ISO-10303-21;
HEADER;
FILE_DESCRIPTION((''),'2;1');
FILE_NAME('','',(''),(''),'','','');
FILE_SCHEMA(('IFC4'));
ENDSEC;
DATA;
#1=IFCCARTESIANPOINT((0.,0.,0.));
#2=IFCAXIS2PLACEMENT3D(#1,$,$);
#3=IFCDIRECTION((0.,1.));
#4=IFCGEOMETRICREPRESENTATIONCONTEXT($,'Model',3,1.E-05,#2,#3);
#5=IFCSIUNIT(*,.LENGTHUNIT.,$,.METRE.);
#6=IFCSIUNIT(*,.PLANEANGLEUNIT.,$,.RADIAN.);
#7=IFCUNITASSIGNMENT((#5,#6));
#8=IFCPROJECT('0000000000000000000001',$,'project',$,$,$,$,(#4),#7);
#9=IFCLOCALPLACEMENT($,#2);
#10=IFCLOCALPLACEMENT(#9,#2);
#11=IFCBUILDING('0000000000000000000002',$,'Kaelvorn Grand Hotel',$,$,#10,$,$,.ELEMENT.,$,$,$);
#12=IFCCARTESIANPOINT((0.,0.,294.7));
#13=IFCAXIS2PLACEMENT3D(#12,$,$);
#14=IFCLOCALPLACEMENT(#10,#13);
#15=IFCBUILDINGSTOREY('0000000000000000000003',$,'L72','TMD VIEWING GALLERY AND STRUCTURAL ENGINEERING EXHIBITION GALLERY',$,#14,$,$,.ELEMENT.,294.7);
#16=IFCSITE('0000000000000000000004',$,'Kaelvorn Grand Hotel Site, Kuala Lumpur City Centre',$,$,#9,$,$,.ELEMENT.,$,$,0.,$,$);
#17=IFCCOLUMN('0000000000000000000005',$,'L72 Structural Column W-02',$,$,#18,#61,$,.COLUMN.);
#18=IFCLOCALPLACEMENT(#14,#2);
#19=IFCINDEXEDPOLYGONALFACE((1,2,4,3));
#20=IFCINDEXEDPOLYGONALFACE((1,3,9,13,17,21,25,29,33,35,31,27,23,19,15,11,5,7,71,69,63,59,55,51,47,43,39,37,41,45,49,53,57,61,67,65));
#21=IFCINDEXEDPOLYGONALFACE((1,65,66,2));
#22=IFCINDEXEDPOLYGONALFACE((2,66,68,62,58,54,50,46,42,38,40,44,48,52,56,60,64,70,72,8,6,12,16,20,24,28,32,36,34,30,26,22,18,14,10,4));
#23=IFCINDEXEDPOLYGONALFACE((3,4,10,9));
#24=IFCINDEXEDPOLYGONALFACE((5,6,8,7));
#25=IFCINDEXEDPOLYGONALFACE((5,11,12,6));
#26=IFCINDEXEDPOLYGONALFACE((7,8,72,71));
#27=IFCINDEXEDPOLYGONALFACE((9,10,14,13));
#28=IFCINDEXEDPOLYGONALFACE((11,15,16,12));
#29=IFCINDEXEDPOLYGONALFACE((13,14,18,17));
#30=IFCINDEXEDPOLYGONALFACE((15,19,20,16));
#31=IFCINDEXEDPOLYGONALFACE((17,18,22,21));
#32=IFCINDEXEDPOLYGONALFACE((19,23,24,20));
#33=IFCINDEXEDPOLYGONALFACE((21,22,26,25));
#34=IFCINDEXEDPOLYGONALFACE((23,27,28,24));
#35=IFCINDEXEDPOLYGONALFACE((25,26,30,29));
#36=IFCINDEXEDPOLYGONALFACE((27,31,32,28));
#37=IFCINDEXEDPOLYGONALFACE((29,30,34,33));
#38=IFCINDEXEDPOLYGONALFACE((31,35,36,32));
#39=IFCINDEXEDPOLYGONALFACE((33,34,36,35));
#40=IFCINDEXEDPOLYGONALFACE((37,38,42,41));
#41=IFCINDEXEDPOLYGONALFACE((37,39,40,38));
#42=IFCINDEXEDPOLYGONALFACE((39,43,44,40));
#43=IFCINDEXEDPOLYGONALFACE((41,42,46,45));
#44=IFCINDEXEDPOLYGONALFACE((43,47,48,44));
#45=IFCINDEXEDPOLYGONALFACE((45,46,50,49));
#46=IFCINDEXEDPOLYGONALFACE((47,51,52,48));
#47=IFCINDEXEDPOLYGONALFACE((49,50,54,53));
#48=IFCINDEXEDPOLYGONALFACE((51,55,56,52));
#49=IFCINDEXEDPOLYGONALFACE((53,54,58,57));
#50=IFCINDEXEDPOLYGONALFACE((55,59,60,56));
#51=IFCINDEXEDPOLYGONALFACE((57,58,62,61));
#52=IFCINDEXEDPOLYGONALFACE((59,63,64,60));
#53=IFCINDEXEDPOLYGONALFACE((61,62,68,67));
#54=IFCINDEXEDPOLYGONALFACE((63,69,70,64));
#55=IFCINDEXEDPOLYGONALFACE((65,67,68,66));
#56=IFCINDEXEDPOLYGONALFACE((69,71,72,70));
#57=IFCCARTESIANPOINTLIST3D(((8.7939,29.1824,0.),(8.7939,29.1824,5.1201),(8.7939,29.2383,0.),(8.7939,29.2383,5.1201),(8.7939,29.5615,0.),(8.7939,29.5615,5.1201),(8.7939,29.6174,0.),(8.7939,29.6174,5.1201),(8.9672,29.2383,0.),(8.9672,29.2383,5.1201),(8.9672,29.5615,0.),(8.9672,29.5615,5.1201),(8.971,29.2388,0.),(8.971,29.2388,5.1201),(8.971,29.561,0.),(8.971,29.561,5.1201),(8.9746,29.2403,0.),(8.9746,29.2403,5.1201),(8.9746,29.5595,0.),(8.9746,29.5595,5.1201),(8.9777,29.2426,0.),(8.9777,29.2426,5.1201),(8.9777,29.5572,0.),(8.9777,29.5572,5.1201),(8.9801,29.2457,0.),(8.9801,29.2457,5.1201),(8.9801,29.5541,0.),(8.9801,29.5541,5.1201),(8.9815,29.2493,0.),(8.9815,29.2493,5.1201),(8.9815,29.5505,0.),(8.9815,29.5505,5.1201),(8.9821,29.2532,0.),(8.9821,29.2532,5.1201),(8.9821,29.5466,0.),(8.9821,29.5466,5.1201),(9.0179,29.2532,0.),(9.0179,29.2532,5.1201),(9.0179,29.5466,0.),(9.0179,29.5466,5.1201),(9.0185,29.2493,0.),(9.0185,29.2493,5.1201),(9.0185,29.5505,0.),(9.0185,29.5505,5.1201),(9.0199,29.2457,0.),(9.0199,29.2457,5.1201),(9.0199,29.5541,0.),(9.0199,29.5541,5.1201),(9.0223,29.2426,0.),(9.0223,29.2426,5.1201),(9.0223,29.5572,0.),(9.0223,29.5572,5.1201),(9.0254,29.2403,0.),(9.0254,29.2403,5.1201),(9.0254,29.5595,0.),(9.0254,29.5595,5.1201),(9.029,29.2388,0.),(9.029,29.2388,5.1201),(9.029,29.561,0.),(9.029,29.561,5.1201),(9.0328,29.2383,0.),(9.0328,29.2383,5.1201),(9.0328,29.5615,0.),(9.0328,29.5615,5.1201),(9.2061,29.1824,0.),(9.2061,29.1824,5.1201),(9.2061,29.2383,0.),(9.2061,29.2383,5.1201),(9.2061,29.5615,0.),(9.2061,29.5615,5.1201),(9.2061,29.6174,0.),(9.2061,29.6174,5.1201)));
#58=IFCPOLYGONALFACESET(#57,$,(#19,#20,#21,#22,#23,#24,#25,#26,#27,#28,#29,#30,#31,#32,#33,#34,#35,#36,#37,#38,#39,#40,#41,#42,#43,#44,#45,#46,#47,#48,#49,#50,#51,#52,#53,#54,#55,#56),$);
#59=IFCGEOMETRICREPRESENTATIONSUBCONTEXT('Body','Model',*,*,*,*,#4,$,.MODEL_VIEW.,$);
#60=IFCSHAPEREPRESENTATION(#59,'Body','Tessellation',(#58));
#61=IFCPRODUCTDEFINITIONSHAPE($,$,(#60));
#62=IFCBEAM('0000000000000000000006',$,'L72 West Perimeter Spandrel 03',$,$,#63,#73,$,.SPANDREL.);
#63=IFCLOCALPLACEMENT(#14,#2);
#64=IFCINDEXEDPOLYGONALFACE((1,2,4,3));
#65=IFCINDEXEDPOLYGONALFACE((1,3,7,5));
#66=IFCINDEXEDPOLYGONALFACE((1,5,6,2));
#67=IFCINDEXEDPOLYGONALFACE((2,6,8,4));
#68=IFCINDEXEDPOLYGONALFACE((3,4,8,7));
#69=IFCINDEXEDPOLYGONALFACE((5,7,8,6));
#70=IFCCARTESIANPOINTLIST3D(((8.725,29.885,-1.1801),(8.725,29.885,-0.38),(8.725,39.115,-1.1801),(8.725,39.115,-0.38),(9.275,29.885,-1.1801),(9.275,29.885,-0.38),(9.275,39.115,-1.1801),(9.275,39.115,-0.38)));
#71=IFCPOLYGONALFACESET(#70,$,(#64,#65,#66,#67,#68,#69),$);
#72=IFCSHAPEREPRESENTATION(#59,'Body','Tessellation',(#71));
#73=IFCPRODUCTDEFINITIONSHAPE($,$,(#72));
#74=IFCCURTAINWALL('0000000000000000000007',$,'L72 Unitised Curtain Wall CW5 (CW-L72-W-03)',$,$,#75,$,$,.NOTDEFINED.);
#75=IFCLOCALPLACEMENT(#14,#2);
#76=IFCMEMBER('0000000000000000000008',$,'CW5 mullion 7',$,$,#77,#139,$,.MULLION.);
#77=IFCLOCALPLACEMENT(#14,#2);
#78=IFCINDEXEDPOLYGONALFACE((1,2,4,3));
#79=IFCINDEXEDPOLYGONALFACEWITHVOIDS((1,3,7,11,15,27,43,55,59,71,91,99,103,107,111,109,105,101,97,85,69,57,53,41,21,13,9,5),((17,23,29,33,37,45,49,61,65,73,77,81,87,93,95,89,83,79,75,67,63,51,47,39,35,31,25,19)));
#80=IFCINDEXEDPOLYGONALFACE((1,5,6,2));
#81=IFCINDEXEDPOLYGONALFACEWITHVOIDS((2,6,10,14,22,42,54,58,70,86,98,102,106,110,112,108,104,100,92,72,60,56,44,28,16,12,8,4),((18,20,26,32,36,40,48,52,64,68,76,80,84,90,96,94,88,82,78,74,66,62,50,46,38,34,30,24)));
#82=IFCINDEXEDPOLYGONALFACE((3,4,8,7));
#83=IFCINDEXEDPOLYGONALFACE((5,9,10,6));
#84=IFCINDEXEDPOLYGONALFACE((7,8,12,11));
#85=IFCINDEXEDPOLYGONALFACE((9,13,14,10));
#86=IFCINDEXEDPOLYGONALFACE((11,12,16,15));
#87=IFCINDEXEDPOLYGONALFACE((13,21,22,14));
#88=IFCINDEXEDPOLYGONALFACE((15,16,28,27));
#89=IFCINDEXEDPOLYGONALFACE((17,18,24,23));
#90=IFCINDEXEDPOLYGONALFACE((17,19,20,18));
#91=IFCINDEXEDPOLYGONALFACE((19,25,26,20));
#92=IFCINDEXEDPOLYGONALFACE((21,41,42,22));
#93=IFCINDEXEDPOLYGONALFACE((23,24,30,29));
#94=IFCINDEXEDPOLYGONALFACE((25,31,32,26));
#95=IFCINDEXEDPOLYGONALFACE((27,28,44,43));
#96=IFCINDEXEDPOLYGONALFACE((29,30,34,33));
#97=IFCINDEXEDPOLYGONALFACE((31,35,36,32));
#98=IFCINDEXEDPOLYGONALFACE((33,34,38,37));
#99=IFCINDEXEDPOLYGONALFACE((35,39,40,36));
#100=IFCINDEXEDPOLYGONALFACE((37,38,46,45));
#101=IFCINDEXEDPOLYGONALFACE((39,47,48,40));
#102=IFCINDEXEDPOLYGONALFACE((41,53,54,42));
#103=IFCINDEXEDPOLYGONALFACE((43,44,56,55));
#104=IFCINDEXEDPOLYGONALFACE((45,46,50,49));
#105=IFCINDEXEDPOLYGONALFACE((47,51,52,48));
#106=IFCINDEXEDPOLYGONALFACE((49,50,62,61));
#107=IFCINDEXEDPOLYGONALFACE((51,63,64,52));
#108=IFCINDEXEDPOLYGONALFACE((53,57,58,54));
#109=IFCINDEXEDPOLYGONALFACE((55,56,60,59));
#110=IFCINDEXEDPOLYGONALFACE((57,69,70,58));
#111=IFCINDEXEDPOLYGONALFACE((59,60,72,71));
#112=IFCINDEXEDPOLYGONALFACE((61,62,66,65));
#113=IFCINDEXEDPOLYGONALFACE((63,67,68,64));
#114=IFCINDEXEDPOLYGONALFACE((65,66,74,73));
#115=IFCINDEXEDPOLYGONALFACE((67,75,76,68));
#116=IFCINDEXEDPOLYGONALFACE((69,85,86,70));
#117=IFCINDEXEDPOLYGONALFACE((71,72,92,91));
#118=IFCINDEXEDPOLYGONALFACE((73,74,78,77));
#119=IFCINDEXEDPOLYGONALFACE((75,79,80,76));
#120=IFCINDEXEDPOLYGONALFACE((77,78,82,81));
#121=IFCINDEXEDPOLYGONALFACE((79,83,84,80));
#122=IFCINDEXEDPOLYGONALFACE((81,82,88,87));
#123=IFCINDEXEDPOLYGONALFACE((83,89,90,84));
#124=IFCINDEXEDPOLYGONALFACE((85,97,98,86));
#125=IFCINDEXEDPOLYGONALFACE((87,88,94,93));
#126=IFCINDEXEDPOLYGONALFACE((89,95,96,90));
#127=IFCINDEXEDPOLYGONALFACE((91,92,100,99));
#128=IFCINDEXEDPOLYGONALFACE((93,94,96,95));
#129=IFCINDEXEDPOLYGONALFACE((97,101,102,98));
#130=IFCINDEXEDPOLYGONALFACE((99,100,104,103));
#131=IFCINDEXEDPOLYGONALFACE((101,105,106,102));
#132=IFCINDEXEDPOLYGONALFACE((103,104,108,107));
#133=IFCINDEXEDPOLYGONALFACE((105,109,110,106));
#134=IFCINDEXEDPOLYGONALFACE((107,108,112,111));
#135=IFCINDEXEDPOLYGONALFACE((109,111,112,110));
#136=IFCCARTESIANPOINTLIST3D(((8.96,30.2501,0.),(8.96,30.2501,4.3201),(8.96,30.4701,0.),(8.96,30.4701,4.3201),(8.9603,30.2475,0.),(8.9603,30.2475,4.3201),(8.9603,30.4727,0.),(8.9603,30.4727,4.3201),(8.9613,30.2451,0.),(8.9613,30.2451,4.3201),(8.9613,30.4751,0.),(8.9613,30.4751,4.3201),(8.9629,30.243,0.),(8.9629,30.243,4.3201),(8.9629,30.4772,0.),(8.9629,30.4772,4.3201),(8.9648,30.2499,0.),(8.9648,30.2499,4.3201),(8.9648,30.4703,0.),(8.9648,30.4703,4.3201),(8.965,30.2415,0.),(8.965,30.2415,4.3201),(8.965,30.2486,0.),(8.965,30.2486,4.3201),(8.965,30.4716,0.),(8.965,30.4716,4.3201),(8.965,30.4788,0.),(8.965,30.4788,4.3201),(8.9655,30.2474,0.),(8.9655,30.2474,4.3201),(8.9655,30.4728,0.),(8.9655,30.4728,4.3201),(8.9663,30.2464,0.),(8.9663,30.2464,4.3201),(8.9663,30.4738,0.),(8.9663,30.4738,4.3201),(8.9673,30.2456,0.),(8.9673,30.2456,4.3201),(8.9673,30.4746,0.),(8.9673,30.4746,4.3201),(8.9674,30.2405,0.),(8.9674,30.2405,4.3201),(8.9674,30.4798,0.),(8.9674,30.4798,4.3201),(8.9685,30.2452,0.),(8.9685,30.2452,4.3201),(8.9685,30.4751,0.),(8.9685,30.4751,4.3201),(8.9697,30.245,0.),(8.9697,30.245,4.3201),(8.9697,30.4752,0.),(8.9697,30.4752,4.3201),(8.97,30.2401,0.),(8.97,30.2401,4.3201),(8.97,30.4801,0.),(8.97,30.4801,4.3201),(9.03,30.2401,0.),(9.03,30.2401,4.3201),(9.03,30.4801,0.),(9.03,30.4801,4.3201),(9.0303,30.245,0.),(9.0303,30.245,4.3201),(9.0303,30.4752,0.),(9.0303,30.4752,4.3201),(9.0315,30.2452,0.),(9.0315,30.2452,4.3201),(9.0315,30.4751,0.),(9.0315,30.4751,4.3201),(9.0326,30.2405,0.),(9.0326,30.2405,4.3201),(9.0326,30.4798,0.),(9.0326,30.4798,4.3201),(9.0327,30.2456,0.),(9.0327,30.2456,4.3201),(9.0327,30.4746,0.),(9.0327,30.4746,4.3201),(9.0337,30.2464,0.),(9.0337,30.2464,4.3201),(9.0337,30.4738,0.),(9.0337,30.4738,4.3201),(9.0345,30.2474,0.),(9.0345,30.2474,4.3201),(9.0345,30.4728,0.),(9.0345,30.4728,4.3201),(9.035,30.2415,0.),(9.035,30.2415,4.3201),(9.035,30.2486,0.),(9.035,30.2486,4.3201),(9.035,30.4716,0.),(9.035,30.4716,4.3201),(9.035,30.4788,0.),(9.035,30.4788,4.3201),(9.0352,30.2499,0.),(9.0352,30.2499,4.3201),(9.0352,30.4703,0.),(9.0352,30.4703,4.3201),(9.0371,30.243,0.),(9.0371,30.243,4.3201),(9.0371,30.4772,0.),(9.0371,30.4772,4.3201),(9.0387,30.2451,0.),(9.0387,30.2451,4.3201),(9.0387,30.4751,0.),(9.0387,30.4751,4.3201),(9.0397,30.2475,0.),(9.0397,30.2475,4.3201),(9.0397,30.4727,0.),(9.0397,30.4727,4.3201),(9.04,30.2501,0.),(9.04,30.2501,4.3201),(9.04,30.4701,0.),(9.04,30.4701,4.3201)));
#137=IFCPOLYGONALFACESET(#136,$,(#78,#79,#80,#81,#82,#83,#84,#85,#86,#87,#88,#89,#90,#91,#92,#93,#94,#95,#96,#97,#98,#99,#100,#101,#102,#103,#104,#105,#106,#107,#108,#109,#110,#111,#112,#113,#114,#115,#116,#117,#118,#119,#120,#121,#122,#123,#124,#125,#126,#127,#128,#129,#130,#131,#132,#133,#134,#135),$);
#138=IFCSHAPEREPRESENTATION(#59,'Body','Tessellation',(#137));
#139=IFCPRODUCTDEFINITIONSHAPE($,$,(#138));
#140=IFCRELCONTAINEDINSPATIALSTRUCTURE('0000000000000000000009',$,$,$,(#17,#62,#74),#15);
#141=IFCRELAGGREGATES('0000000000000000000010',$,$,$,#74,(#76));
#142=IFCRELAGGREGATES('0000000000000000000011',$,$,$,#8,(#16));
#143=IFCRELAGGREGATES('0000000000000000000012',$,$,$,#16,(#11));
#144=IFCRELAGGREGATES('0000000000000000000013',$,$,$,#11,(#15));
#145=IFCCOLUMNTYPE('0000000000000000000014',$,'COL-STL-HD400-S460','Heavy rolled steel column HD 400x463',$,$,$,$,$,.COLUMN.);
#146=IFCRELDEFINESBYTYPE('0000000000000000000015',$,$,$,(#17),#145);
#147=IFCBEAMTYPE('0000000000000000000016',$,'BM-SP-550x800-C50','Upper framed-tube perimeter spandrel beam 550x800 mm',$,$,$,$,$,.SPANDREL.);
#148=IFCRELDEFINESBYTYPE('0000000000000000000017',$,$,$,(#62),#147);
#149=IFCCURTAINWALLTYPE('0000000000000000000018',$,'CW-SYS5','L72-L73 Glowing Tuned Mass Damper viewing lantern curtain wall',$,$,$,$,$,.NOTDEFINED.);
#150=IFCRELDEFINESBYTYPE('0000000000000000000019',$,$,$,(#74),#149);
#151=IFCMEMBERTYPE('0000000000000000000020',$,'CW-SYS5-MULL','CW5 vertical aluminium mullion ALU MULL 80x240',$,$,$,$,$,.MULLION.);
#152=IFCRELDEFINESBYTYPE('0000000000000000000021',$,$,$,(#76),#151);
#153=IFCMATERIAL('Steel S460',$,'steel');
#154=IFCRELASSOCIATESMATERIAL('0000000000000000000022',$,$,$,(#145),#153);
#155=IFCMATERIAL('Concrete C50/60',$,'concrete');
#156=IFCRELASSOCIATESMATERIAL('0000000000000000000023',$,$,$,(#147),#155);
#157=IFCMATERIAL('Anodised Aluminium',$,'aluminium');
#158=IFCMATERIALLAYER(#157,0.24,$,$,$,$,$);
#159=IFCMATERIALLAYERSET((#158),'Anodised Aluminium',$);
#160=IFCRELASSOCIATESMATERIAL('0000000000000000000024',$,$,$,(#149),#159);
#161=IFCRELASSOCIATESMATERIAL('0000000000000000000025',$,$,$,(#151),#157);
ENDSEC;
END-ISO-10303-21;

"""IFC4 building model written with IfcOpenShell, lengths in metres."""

from ifc_helpers import new_model, si_unit, direction, frame, origin, origin_2d, place, context, subcontext, project, spatial, rectangle, hollow_rectangle, i_section, extrude, material, layer, layer_set, material_profile, profile_set, type_object, element, aggregate, save


model = new_model("IFC4")

# Units and contexts
model_context = context("Model", 3, precision=1e-05, world=origin(), true_north=direction((0.0, 1.0)))
body_context = subcontext(model_context, "Body", "Model", "MODEL_VIEW")
ifc_project = project(units=[si_unit("LENGTHUNIT", "METRE"), si_unit("PLANEANGLEUNIT", "RADIAN")], contexts=[model_context])

# Site, building, storey
site_placement = place(None, origin())
site = spatial("IfcSite", under=ifc_project, at=site_placement, Name="Kaelvorn Grand Hotel Site, Kuala Lumpur City Centre", CompositionType="ELEMENT", RefElevation=0.0)
building_placement = place(site_placement, origin())
building = spatial("IfcBuilding", under=site, at=building_placement, Name="Kaelvorn Grand Hotel", CompositionType="ELEMENT")
storey_placement = place(building_placement, frame((0.0, 0.0, 294.7)))
storey = spatial("IfcBuildingStorey", under=building, at=storey_placement, Name="L72", Description="TMD VIEWING GALLERY AND STRUCTURAL ENGINEERING EXHIBITION GALLERY", CompositionType="ELEMENT", Elevation=294.7)

# Column
ifc_material_1 = material(Name="Steel S460", Category="steel")
ifc_material_profile_1 = material_profile(ifc_material_1, i_section(OverallWidth=0.4121, OverallDepth=0.4351, WebThickness=0.0359, FlangeThickness=0.0559, FilletRadius=0.0149, at=origin_2d()), Name="HD 400x463")
ifc_profile_set_1 = profile_set([ifc_material_profile_1], Name="Steel S460")
column_type = type_object("IfcColumnType", Name="COL-STL-HD400-S460", Description="Heavy rolled steel column HD 400x463", PredefinedType="COLUMN", material=ifc_profile_set_1)
column_placement = place(storey_placement, frame((9.0, 29.3999, 0.0), z_axis=(0.0, 0.0, 1.0), x_axis=(1.0, 0.0, 0.0)))
element("IfcColumn", 1, at=column_placement, inside=storey, type_object=column_type, Name="L72 Structural Column W-02", PredefinedType="COLUMN", context=body_context, shape_type="SweptSolid", body=[
    extrude(i_section(OverallWidth=0.4121, OverallDepth=0.4351, WebThickness=0.0359, FlangeThickness=0.0559, FilletRadius=0.0149, at=origin_2d()), origin(), (0.0, 0.0, 1.0), 5.1201),
])

# Beam
ifc_material_2 = material(Name="Concrete C50/60", Category="concrete")
ifc_material_profile_2 = material_profile(ifc_material_2, rectangle(XDim=0.55, YDim=0.8, at=origin_2d()), Name="RC SPANDREL 550x800")
ifc_profile_set_2 = profile_set([ifc_material_profile_2], Name="Concrete C50/60")
beam_type = type_object("IfcBeamType", Name="BM-SP-550x800-C50", Description="Upper framed-tube perimeter spandrel beam 550x800 mm", PredefinedType="SPANDREL", material=ifc_profile_set_2)
beam_placement = place(storey_placement, frame((9.0, 29.885, -0.78), z_axis=(0.0, 1.0, 0.0), x_axis=(-1.0, 0.0, 0.0)))
element("IfcBeam", 2, at=beam_placement, inside=storey, type_object=beam_type, Name="L72 West Perimeter Spandrel 03", PredefinedType="SPANDREL", context=body_context, shape_type="SweptSolid", body=[
    extrude(rectangle(XDim=0.55, YDim=0.8, at=origin_2d()), origin(), (0.0, 0.0, 1.0), 9.23),
])

# Curtain wall, member
ifc_material_3 = material(Name="Anodised Aluminium", Category="aluminium")
ifc_layer_1 = layer(ifc_material_3, 0.24)
ifc_layer_set_1 = layer_set([ifc_layer_1], Name="Anodised Aluminium")
curtain_wall_type = type_object("IfcCurtainWallType", Name="CW-SYS5", Description="L72-L73 Glowing Tuned Mass Damper viewing lantern curtain wall", PredefinedType="NOTDEFINED", material=ifc_layer_set_1)
curtain_wall_1_placement = place(storey_placement, origin())
curtain_wall_1 = element("IfcCurtainWall", 3, at=curtain_wall_1_placement, inside=storey, type_object=curtain_wall_type, Name="L72 Unitised Curtain Wall CW5 (CW-L72-W-03)", PredefinedType="NOTDEFINED")
ifc_material_profile_3 = material_profile(ifc_material_3, hollow_rectangle(XDim=0.0801, YDim=0.24, WallThickness=0.0049, InnerFilletRadius=0.0049, OuterFilletRadius=0.01, at=origin_2d()), Name="ALU MULL 80x240")
ifc_profile_set_3 = profile_set([ifc_material_profile_3], Name="Anodised Aluminium")
member_type_1 = type_object("IfcMemberType", Name="CW-SYS5-MULL", Description="CW5 vertical aluminium mullion ALU MULL 80x240", PredefinedType="MULLION", material=ifc_profile_set_3)
member_1_placement = place(storey_placement, frame((9.0, 30.3601, 0.0), z_axis=(0.0, 0.0, 1.0), x_axis=(1.0, 0.0, 0.0)))
member_1 = element("IfcMember", 4, at=member_1_placement, type_object=member_type_1, Name="CW5 mullion 7", PredefinedType="MULLION", context=body_context, shape_type="SweptSolid", body=[
    extrude(hollow_rectangle(XDim=0.0801, YDim=0.24, WallThickness=0.0049, InnerFilletRadius=0.0049, OuterFilletRadius=0.01, at=origin_2d()), origin(), (0.0, 0.0, 1.0), 4.3201),
])

aggregate(curtain_wall_1, [member_1])

save(model, "model.ifc")
